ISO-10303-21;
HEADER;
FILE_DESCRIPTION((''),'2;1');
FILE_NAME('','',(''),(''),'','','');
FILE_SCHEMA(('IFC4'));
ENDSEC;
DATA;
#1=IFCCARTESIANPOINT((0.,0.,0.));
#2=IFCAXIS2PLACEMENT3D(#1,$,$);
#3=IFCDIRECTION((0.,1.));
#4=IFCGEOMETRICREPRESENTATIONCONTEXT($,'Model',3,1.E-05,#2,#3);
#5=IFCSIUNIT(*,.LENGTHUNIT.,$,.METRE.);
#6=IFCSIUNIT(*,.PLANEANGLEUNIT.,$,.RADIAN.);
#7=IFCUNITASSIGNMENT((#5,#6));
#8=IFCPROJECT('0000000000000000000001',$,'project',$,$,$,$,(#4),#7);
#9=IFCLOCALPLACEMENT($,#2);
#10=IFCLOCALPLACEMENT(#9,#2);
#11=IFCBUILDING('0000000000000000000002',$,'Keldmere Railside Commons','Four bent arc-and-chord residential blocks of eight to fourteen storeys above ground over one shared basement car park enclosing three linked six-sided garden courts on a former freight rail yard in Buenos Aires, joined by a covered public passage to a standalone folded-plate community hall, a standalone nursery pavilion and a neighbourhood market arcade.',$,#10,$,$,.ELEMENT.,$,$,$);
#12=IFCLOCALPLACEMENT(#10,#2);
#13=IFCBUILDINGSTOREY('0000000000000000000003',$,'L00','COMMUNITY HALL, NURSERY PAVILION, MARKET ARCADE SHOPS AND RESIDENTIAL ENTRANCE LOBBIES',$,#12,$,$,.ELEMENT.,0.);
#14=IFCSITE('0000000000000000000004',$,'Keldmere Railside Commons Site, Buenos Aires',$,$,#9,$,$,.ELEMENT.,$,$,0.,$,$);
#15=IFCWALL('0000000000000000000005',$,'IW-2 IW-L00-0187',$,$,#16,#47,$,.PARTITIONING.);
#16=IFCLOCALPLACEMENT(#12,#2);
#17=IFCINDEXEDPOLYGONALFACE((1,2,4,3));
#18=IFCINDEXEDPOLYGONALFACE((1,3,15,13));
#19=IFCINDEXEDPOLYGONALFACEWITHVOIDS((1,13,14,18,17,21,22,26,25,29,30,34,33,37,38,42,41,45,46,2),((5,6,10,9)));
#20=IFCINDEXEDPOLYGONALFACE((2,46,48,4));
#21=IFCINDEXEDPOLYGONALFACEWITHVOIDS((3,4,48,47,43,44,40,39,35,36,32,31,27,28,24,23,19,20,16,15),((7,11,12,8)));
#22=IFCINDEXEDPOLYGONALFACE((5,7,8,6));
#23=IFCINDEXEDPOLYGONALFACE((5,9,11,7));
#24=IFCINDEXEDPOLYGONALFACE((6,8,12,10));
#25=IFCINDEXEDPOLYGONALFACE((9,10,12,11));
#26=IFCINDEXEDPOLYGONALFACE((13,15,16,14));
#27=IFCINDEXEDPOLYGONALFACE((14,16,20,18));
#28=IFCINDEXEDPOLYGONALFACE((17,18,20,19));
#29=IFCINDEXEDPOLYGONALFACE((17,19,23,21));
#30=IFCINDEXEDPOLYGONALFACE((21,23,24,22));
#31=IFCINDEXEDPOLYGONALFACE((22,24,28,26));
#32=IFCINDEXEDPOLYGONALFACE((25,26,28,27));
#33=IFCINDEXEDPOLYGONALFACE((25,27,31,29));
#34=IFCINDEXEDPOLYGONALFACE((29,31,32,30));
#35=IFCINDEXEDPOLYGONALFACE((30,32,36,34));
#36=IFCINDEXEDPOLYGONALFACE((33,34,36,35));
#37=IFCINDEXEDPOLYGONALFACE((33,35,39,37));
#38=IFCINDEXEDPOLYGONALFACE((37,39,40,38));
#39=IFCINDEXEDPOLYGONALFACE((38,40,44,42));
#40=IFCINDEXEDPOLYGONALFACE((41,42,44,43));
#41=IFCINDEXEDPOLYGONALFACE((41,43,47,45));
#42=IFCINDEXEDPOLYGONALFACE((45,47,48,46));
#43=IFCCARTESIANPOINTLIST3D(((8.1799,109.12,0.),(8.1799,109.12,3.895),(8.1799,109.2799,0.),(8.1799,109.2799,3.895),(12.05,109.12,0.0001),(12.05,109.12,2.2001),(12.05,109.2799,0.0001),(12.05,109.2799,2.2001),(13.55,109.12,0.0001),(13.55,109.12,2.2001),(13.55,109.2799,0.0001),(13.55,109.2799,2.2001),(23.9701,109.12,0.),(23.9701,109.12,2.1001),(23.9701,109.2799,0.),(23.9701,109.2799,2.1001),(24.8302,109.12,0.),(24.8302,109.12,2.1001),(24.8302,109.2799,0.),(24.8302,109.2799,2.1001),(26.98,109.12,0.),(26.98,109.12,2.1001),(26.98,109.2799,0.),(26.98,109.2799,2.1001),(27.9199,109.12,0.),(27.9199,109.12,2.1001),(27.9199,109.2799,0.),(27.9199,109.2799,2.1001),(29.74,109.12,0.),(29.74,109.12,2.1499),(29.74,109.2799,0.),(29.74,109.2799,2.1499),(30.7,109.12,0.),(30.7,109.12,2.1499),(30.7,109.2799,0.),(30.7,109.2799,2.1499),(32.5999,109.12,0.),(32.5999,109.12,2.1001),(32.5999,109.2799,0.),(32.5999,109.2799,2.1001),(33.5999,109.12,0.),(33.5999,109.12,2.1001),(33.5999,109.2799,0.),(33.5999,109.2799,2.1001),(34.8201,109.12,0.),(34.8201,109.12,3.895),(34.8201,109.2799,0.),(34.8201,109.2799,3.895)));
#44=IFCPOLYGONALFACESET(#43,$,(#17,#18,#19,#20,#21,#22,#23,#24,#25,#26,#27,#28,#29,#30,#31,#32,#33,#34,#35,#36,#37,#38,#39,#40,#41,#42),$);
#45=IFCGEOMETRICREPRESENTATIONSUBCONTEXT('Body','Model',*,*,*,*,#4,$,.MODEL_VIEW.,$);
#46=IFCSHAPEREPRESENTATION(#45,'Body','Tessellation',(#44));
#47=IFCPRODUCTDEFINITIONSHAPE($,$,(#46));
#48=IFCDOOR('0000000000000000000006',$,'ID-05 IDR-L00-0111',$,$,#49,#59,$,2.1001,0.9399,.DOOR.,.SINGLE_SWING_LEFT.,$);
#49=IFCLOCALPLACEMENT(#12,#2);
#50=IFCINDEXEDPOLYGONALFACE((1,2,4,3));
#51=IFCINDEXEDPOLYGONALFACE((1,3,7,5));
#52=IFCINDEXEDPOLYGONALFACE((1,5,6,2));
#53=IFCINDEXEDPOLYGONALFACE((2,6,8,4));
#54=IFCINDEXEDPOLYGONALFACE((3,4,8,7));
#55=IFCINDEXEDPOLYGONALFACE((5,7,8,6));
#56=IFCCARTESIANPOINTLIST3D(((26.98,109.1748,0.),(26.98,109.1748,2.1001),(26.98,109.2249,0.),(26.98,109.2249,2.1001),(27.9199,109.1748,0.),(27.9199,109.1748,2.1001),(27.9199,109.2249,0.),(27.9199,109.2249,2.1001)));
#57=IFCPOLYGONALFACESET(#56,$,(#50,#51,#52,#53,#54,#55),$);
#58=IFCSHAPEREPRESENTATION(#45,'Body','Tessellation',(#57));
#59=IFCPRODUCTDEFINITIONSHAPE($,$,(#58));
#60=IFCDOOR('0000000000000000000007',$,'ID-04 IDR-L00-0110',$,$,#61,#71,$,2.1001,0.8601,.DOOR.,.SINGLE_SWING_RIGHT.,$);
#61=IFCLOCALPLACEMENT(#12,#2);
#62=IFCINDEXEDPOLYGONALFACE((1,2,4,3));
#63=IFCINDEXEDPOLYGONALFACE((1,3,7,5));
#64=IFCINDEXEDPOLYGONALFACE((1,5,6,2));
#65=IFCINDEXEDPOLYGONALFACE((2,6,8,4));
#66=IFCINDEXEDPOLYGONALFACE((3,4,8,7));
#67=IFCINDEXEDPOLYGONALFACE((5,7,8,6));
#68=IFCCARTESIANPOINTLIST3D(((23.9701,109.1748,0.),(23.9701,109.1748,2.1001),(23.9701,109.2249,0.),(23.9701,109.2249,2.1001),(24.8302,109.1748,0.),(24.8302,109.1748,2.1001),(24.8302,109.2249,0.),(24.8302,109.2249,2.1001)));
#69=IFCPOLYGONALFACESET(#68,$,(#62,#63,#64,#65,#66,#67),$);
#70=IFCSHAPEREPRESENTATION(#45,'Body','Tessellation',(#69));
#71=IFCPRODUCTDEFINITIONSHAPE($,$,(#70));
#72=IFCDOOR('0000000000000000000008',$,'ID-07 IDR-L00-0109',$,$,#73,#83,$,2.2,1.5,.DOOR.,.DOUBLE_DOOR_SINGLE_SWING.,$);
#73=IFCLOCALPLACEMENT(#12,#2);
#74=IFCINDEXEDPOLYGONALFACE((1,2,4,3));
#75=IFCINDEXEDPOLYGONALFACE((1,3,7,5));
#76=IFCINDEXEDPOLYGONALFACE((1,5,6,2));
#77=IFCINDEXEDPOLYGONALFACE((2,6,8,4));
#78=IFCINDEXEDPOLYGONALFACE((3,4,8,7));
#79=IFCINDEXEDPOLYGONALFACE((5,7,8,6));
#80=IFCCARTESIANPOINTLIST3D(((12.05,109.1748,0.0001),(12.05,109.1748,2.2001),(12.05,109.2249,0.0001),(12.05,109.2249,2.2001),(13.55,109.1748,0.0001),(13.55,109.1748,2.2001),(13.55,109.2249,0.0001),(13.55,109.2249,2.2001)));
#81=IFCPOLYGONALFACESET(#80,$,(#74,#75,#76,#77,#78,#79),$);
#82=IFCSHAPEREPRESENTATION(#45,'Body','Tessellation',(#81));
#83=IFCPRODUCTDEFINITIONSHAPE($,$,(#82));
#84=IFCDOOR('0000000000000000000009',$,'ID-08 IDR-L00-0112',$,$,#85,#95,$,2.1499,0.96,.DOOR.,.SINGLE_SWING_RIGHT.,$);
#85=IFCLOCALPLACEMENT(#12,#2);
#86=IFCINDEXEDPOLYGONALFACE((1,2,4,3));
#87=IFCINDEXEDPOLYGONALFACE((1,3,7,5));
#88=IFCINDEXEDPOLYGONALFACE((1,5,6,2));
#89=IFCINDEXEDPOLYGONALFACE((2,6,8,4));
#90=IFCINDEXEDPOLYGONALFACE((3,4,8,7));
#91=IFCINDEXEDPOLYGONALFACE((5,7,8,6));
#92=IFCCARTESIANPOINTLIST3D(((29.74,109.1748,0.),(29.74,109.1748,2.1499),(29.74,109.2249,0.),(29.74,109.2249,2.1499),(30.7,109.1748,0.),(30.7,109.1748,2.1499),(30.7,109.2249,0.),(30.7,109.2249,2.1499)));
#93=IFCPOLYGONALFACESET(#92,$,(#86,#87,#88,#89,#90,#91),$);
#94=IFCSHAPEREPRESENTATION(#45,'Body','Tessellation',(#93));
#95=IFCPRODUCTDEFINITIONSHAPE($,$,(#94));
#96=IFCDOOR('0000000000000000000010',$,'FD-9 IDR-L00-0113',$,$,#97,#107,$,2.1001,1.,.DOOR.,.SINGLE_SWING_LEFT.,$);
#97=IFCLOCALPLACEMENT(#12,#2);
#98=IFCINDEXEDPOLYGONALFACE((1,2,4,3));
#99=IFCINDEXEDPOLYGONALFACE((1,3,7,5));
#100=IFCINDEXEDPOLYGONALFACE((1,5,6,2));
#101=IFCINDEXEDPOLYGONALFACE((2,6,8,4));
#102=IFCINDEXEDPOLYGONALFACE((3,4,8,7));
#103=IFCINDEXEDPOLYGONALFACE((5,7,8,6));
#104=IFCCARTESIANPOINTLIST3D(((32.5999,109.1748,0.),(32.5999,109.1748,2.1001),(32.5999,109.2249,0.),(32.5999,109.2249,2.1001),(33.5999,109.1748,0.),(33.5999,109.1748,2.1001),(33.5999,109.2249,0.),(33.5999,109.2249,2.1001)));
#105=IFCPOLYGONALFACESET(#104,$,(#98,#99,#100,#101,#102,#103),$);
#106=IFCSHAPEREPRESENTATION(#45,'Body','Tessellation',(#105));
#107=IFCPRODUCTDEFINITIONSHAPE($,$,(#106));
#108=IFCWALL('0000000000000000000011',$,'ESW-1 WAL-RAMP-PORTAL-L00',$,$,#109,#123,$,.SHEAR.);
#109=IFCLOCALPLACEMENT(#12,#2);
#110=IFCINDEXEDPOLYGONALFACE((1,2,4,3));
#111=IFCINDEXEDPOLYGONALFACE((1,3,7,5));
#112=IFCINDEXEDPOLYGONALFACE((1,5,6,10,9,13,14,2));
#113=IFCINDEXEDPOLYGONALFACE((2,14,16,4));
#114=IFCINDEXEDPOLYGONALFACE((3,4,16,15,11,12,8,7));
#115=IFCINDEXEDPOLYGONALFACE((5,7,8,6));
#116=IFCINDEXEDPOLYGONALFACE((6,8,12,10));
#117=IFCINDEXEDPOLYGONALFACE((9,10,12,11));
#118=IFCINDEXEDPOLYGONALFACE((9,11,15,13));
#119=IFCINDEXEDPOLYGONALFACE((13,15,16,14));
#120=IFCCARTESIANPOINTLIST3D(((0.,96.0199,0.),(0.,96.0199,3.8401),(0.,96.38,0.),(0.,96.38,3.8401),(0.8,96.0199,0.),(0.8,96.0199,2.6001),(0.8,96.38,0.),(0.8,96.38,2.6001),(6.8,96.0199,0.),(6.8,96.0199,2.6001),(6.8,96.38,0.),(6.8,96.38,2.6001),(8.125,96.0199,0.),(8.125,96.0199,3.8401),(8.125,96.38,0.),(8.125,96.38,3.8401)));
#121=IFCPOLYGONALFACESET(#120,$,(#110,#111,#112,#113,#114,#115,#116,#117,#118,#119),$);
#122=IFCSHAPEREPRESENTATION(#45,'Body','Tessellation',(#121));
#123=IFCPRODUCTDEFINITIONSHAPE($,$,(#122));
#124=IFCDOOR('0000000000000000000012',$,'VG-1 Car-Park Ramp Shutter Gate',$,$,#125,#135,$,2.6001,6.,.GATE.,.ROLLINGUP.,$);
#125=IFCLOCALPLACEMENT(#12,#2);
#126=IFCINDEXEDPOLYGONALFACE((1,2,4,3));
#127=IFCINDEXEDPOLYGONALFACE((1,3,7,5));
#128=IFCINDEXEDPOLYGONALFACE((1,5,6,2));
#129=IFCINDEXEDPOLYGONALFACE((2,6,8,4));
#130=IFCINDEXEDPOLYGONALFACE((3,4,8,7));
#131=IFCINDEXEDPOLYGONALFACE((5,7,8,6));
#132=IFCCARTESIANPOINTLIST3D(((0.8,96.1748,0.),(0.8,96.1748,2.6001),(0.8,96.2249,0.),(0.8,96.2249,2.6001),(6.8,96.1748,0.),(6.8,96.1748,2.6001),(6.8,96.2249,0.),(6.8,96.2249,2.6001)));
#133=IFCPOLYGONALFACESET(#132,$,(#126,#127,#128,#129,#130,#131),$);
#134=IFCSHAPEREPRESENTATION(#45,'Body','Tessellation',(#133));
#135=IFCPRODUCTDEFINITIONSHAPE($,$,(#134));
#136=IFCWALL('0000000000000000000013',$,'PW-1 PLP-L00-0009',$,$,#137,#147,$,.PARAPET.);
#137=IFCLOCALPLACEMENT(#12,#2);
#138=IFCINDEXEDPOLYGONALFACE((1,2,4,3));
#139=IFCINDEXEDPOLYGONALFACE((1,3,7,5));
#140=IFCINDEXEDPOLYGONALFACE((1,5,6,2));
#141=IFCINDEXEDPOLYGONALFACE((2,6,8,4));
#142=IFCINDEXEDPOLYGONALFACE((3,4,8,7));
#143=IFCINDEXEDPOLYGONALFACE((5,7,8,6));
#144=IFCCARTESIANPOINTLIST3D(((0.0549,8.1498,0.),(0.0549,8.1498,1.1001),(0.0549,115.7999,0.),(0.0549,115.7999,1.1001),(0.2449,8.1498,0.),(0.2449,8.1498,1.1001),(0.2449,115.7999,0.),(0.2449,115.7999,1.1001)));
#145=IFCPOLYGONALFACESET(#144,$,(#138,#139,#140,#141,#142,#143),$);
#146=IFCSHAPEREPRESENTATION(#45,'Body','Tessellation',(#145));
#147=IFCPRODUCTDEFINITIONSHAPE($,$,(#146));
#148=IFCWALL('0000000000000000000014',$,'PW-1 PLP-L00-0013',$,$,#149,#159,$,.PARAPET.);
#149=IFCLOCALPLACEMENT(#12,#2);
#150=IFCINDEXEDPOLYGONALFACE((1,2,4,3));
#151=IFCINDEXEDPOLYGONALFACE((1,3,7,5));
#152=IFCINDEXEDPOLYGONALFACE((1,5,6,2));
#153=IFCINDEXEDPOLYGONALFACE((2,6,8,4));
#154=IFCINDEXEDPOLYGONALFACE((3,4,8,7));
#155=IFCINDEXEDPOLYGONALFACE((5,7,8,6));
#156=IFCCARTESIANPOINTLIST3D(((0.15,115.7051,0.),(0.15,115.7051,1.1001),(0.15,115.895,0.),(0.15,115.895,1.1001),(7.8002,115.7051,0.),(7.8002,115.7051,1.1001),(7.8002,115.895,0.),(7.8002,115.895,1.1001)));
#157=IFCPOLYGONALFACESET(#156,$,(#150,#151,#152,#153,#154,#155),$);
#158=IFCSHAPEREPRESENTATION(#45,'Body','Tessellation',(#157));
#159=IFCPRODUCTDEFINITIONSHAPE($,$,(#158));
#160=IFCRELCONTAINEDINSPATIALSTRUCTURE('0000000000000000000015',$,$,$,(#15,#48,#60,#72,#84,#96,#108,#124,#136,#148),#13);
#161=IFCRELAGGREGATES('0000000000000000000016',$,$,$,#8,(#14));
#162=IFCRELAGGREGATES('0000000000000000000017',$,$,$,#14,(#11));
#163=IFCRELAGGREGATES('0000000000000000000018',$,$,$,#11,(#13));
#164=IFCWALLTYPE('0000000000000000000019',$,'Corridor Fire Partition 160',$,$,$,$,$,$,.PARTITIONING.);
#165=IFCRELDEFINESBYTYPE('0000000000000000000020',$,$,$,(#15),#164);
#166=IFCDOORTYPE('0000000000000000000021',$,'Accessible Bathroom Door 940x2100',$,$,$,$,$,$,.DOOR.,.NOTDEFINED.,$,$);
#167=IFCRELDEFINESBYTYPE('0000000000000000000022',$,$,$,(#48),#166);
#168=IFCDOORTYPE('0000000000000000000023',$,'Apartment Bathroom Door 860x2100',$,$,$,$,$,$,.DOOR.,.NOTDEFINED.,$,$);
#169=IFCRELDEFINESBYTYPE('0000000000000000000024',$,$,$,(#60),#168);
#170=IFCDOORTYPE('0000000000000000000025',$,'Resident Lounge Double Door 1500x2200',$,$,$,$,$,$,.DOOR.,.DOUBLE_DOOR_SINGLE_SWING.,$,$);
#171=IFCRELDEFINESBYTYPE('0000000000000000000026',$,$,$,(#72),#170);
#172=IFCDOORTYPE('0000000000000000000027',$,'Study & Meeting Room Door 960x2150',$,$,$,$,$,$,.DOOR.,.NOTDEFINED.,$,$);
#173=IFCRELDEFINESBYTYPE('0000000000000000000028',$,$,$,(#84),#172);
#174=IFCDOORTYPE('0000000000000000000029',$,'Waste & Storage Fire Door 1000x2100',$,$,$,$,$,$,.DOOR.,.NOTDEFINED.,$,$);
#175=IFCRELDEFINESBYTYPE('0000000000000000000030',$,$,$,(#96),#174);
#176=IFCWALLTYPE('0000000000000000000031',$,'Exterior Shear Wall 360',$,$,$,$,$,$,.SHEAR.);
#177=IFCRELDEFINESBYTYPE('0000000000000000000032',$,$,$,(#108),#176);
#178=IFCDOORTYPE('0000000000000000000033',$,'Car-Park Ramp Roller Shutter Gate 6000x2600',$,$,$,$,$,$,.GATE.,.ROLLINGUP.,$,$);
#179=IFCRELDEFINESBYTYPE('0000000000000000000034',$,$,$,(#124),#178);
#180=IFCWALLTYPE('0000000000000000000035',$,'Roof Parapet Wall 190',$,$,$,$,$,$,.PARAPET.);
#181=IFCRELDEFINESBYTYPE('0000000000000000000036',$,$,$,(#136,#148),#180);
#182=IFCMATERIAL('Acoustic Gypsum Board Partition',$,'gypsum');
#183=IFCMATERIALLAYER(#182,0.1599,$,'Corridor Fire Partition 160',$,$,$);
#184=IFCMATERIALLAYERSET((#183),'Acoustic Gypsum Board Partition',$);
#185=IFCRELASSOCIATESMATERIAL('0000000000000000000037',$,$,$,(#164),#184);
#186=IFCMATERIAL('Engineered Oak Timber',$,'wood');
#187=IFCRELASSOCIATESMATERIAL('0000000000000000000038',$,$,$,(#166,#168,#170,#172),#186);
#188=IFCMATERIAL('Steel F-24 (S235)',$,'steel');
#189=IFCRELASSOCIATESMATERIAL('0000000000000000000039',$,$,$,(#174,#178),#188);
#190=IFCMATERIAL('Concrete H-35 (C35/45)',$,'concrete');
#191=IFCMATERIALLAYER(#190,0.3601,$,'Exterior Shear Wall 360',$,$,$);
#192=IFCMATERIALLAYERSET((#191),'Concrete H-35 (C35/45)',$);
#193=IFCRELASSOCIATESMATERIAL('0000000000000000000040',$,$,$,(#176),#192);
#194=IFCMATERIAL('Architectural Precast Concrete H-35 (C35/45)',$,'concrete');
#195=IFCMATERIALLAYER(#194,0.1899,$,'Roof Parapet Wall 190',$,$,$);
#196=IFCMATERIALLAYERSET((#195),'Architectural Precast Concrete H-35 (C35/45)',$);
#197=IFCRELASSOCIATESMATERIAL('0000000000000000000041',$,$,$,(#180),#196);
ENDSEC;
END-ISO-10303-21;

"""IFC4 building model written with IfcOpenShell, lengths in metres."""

from ifc_helpers import new_model, si_unit, direction, frame, frame_2d, origin, place, context, subcontext, project, spatial, rectangle, extrude, material, layer, layer_set, type_object, element, fill, save


model = new_model("IFC4")

# Units and contexts
model_context = context("Model", 3, precision=1e-05, world=origin(), true_north=direction((0.0, 1.0)))
body_context = subcontext(model_context, "Body", "Model", "MODEL_VIEW")
ifc_project = project(units=[si_unit("LENGTHUNIT", "METRE"), si_unit("PLANEANGLEUNIT", "RADIAN")], contexts=[model_context])

# Site, building, storey
site_placement = place(None, origin())
site = spatial("IfcSite", under=ifc_project, at=site_placement, Name="Keldmere Railside Commons Site, Buenos Aires", CompositionType="ELEMENT", RefElevation=0.0)
building_placement = place(site_placement, origin())
building = spatial("IfcBuilding", under=site, at=building_placement, Name="Keldmere Railside Commons", Description="Four bent arc-and-chord residential blocks of eight to fourteen storeys above ground over one shared basement car park enclosing three linked six-sided garden courts on a former freight rail yard in Buenos Aires, joined by a covered public passage to a standalone folded-plate community hall, a standalone nursery pavilion and a neighbourhood market arcade.", CompositionType="ELEMENT")
storey_placement = place(building_placement, origin())
storey = spatial("IfcBuildingStorey", under=building, at=storey_placement, Name="L00", Description="COMMUNITY HALL, NURSERY PAVILION, MARKET ARCADE SHOPS AND RESIDENTIAL ENTRANCE LOBBIES", CompositionType="ELEMENT", Elevation=0.0)

# Shared definitions
ifc_material_1 = material(Name="Acoustic Gypsum Board Partition", Category="gypsum")
ifc_layer_1 = layer(ifc_material_1, 0.1599, Name="Corridor Fire Partition 160")
ifc_layer_set_1 = layer_set([ifc_layer_1], Name="Acoustic Gypsum Board Partition")
wall_type_1 = type_object("IfcWallType", Name="Corridor Fire Partition 160", PredefinedType="PARTITIONING", material=ifc_layer_set_1)

# Wall, openings, doors
wall_1_placement = place(storey_placement, frame((8.1799, 109.2, 0.0), z_axis=(0.0, 0.0, 1.0), x_axis=(1.0, 0.0, 0.0)))
wall_1 = element("IfcWall", 1, at=wall_1_placement, inside=storey, type_object=wall_type_1, Name="IW-2 IW-L00-0187", PredefinedType="PARTITIONING", context=body_context, shape_type="SweptSolid", body=[
    extrude(rectangle(XDim=26.6401, YDim=0.1599, at=frame_2d((13.3201, 0.0))), origin(), (0.0, 0.0, 1.0), 3.895),
])
opening_1_placement = place(wall_1_placement, frame((3.8701, 0.0, 0.0)))
opening_1 = element("IfcOpeningElement", 2, at=opening_1_placement, cuts=wall_1, PredefinedType="OPENING", context=body_context, shape_type="SweptSolid", body=[
    extrude(rectangle(XDim=1.5, YDim=2.2, at=frame_2d((0.75, 1.1001))), frame((0.0, 0.0898, 0.0), z_axis=(0.0, -1.0, 0.0), x_axis=(1.0, 0.0, 0.0)), (0.0, 0.0, 1.0), 0.1799),
])
opening_2_placement = place(wall_1_placement, frame((15.79, 0.0, 0.0)))
opening_2 = element("IfcOpeningElement", 3, at=opening_2_placement, cuts=wall_1, PredefinedType="OPENING", context=body_context, shape_type="SweptSolid", body=[
    extrude(rectangle(XDim=0.8601, YDim=2.1001, at=frame_2d((0.4302, 1.05))), frame((0.0, 0.0898, 0.0), z_axis=(0.0, -1.0, 0.0), x_axis=(1.0, 0.0, 0.0)), (0.0, 0.0, 1.0), 0.1799),
])
opening_3_placement = place(wall_1_placement, frame((18.8, 0.0, 0.0)))
opening_3 = element("IfcOpeningElement", 4, at=opening_3_placement, cuts=wall_1, PredefinedType="OPENING", context=body_context, shape_type="SweptSolid", body=[
    extrude(rectangle(XDim=0.9399, YDim=2.1001, at=frame_2d((0.47, 1.05))), frame((0.0, 0.0898, 0.0), z_axis=(0.0, -1.0, 0.0), x_axis=(1.0, 0.0, 0.0)), (0.0, 0.0, 1.0), 0.1799),
])
opening_4_placement = place(wall_1_placement, frame((21.5601, 0.0, 0.0)))
opening_4 = element("IfcOpeningElement", 5, at=opening_4_placement, cuts=wall_1, PredefinedType="OPENING", context=body_context, shape_type="SweptSolid", body=[
    extrude(rectangle(XDim=0.96, YDim=2.1499, at=frame_2d((0.48, 1.075))), frame((0.0, 0.0898, 0.0), z_axis=(0.0, -1.0, 0.0), x_axis=(1.0, 0.0, 0.0)), (0.0, 0.0, 1.0), 0.1799),
])
opening_5_placement = place(wall_1_placement, frame((24.4199, 0.0, 0.0)))
opening_5 = element("IfcOpeningElement", 6, at=opening_5_placement, cuts=wall_1, PredefinedType="OPENING", context=body_context, shape_type="SweptSolid", body=[
    extrude(rectangle(XDim=1.0, YDim=2.1001, at=frame_2d((0.5, 1.05))), frame((0.0, 0.0898, 0.0), z_axis=(0.0, -1.0, 0.0), x_axis=(1.0, 0.0, 0.0)), (0.0, 0.0, 1.0), 0.1799),
])
ifc_material_2 = material(Name="Engineered Oak Timber", Category="wood")
door_type_1 = type_object("IfcDoorType", Name="Accessible Bathroom Door 940x2100", OperationType="NOTDEFINED", PredefinedType="DOOR", material=ifc_material_2)
door_1_placement = place(opening_3_placement, origin())
door_1 = element("IfcDoor", 7, at=door_1_placement, inside=storey, type_object=door_type_1, Name="ID-05 IDR-L00-0111", OperationType="SINGLE_SWING_LEFT", OverallHeight=2.1001, OverallWidth=0.9399, PredefinedType="DOOR", context=body_context, shape_type="SweptSolid", body=[
    extrude(rectangle(XDim=0.9399, YDim=2.1001, at=frame_2d((0.47, 1.05))), frame((0.0, 0.0249, 0.0), z_axis=(0.0, -1.0, 0.0), x_axis=(1.0, 0.0, 0.0)), (0.0, 0.0, 1.0), 0.05),
])
fill(opening_3, door_1)
door_type_2 = type_object("IfcDoorType", Name="Apartment Bathroom Door 860x2100", OperationType="NOTDEFINED", PredefinedType="DOOR", material=ifc_material_2)
door_2_placement = place(opening_2_placement, origin())
door_2 = element("IfcDoor", 8, at=door_2_placement, inside=storey, type_object=door_type_2, Name="ID-04 IDR-L00-0110", OperationType="SINGLE_SWING_RIGHT", OverallHeight=2.1001, OverallWidth=0.8601, PredefinedType="DOOR", context=body_context, shape_type="SweptSolid", body=[
    extrude(rectangle(XDim=0.8601, YDim=2.1001, at=frame_2d((0.4302, 1.05))), frame((0.0, 0.0249, 0.0), z_axis=(0.0, -1.0, 0.0), x_axis=(1.0, 0.0, 0.0)), (0.0, 0.0, 1.0), 0.05),
])
fill(opening_2, door_2)
door_type_3 = type_object("IfcDoorType", Name="Resident Lounge Double Door 1500x2200", OperationType="DOUBLE_DOOR_SINGLE_SWING", PredefinedType="DOOR", material=ifc_material_2)
door_3_placement = place(opening_1_placement, origin())
door_3 = element("IfcDoor", 9, at=door_3_placement, inside=storey, type_object=door_type_3, Name="ID-07 IDR-L00-0109", OperationType="DOUBLE_DOOR_SINGLE_SWING", OverallHeight=2.2, OverallWidth=1.5, PredefinedType="DOOR", context=body_context, shape_type="SweptSolid", body=[
    extrude(rectangle(XDim=1.5, YDim=2.2, at=frame_2d((0.75, 1.1001))), frame((0.0, 0.0249, 0.0), z_axis=(0.0, -1.0, 0.0), x_axis=(1.0, 0.0, 0.0)), (0.0, 0.0, 1.0), 0.05),
])
fill(opening_1, door_3)
door_type_4 = type_object("IfcDoorType", Name="Study & Meeting Room Door 960x2150", OperationType="NOTDEFINED", PredefinedType="DOOR", material=ifc_material_2)
door_4_placement = place(opening_4_placement, origin())
door_4 = element("IfcDoor", 10, at=door_4_placement, inside=storey, type_object=door_type_4, Name="ID-08 IDR-L00-0112", OperationType="SINGLE_SWING_RIGHT", OverallHeight=2.1499, OverallWidth=0.96, PredefinedType="DOOR", context=body_context, shape_type="SweptSolid", body=[
    extrude(rectangle(XDim=0.96, YDim=2.1499, at=frame_2d((0.48, 1.075))), frame((0.0, 0.0249, 0.0), z_axis=(0.0, -1.0, 0.0), x_axis=(1.0, 0.0, 0.0)), (0.0, 0.0, 1.0), 0.05),
])
fill(opening_4, door_4)
ifc_material_3 = material(Name="Steel F-24 (S235)", Category="steel")
door_type_5 = type_object("IfcDoorType", Name="Waste & Storage Fire Door 1000x2100", OperationType="NOTDEFINED", PredefinedType="DOOR", material=ifc_material_3)
door_5_placement = place(opening_5_placement, origin())
door_5 = element("IfcDoor", 11, at=door_5_placement, inside=storey, type_object=door_type_5, Name="FD-9 IDR-L00-0113", OperationType="SINGLE_SWING_LEFT", OverallHeight=2.1001, OverallWidth=1.0, PredefinedType="DOOR", context=body_context, shape_type="SweptSolid", body=[
    extrude(rectangle(XDim=1.0, YDim=2.1001, at=frame_2d((0.5, 1.05))), frame((0.0, 0.0249, 0.0), z_axis=(0.0, -1.0, 0.0), x_axis=(1.0, 0.0, 0.0)), (0.0, 0.0, 1.0), 0.05),
])
fill(opening_5, door_5)

# Wall, opening, door
ifc_material_4 = material(Name="Concrete H-35 (C35/45)", Category="concrete")
ifc_layer_2 = layer(ifc_material_4, 0.3601, Name="Exterior Shear Wall 360")
ifc_layer_set_2 = layer_set([ifc_layer_2], Name="Concrete H-35 (C35/45)")
wall_type_2 = type_object("IfcWallType", Name="Exterior Shear Wall 360", PredefinedType="SHEAR", material=ifc_layer_set_2)
wall_2_placement = place(storey_placement, frame((0.0, 96.2, 0.0), z_axis=(0.0, 0.0, 1.0), x_axis=(1.0, 0.0, 0.0)))
wall_2 = element("IfcWall", 12, at=wall_2_placement, inside=storey, type_object=wall_type_2, Name="ESW-1 WAL-RAMP-PORTAL-L00", PredefinedType="SHEAR", context=body_context, shape_type="SweptSolid", body=[
    extrude(rectangle(XDim=8.125, YDim=0.3601, at=frame_2d((4.0625, 0.0))), origin(), (0.0, 0.0, 1.0), 3.8401),
])
opening_6_placement = place(wall_2_placement, frame((0.8, 0.0, 0.0)))
opening_6 = element("IfcOpeningElement", 13, at=opening_6_placement, cuts=wall_2, PredefinedType="OPENING", context=body_context, shape_type="SweptSolid", body=[
    extrude(rectangle(XDim=6.0, YDim=2.6001, at=frame_2d((3.0, 1.3))), frame((0.0, 0.1899, 0.0), z_axis=(0.0, -1.0, 0.0), x_axis=(1.0, 0.0, 0.0)), (0.0, 0.0, 1.0), 0.3801),
])
door_type_6 = type_object("IfcDoorType", Name="Car-Park Ramp Roller Shutter Gate 6000x2600", OperationType="ROLLINGUP", PredefinedType="GATE", material=ifc_material_3)
door_6_placement = place(opening_6_placement, origin())
door_6 = element("IfcDoor", 14, at=door_6_placement, inside=storey, type_object=door_type_6, Name="VG-1 Car-Park Ramp Shutter Gate", OperationType="ROLLINGUP", OverallHeight=2.6001, OverallWidth=6.0, PredefinedType="GATE", context=body_context, shape_type="SweptSolid", body=[
    extrude(rectangle(XDim=6.0, YDim=2.6001, at=frame_2d((3.0, 1.3))), frame((0.0, 0.0249, 0.0), z_axis=(0.0, -1.0, 0.0), x_axis=(1.0, 0.0, 0.0)), (0.0, 0.0, 1.0), 0.05),
])
fill(opening_6, door_6)

# Walls
ifc_material_5 = material(Name="Architectural Precast Concrete H-35 (C35/45)", Category="concrete")
ifc_layer_3 = layer(ifc_material_5, 0.1899, Name="Roof Parapet Wall 190")
ifc_layer_set_3 = layer_set([ifc_layer_3], Name="Architectural Precast Concrete H-35 (C35/45)")
wall_type_3 = type_object("IfcWallType", Name="Roof Parapet Wall 190", PredefinedType="PARAPET", material=ifc_layer_set_3)
wall_3_placement = place(storey_placement, frame((0.1499, 115.8, 0.0), z_axis=(0.0, 0.0, 1.0), x_axis=(0.0, -1.0, 0.0)))
element("IfcWall", 15, at=wall_3_placement, inside=storey, type_object=wall_type_3, Name="PW-1 PLP-L00-0009", PredefinedType="PARAPET", context=body_context, shape_type="SweptSolid", body=[
    extrude(rectangle(XDim=107.6501, YDim=0.1899, at=frame_2d((53.8252, 0.0))), origin(), (0.0, 0.0, 1.0), 1.1001),
])
wall_4_placement = place(storey_placement, frame((0.1499, 115.8, 0.0), z_axis=(0.0, 0.0, 1.0), x_axis=(1.0, 0.0, 0.0)))
element("IfcWall", 16, at=wall_4_placement, inside=storey, type_object=wall_type_3, Name="PW-1 PLP-L00-0013", PredefinedType="PARAPET", context=body_context, shape_type="SweptSolid", body=[
    extrude(rectangle(XDim=7.6501, YDim=0.1899, at=frame_2d((3.8252, 0.0))), origin(), (0.0, 0.0, 1.0), 1.1001),
])

save(model, "model.ifc")
